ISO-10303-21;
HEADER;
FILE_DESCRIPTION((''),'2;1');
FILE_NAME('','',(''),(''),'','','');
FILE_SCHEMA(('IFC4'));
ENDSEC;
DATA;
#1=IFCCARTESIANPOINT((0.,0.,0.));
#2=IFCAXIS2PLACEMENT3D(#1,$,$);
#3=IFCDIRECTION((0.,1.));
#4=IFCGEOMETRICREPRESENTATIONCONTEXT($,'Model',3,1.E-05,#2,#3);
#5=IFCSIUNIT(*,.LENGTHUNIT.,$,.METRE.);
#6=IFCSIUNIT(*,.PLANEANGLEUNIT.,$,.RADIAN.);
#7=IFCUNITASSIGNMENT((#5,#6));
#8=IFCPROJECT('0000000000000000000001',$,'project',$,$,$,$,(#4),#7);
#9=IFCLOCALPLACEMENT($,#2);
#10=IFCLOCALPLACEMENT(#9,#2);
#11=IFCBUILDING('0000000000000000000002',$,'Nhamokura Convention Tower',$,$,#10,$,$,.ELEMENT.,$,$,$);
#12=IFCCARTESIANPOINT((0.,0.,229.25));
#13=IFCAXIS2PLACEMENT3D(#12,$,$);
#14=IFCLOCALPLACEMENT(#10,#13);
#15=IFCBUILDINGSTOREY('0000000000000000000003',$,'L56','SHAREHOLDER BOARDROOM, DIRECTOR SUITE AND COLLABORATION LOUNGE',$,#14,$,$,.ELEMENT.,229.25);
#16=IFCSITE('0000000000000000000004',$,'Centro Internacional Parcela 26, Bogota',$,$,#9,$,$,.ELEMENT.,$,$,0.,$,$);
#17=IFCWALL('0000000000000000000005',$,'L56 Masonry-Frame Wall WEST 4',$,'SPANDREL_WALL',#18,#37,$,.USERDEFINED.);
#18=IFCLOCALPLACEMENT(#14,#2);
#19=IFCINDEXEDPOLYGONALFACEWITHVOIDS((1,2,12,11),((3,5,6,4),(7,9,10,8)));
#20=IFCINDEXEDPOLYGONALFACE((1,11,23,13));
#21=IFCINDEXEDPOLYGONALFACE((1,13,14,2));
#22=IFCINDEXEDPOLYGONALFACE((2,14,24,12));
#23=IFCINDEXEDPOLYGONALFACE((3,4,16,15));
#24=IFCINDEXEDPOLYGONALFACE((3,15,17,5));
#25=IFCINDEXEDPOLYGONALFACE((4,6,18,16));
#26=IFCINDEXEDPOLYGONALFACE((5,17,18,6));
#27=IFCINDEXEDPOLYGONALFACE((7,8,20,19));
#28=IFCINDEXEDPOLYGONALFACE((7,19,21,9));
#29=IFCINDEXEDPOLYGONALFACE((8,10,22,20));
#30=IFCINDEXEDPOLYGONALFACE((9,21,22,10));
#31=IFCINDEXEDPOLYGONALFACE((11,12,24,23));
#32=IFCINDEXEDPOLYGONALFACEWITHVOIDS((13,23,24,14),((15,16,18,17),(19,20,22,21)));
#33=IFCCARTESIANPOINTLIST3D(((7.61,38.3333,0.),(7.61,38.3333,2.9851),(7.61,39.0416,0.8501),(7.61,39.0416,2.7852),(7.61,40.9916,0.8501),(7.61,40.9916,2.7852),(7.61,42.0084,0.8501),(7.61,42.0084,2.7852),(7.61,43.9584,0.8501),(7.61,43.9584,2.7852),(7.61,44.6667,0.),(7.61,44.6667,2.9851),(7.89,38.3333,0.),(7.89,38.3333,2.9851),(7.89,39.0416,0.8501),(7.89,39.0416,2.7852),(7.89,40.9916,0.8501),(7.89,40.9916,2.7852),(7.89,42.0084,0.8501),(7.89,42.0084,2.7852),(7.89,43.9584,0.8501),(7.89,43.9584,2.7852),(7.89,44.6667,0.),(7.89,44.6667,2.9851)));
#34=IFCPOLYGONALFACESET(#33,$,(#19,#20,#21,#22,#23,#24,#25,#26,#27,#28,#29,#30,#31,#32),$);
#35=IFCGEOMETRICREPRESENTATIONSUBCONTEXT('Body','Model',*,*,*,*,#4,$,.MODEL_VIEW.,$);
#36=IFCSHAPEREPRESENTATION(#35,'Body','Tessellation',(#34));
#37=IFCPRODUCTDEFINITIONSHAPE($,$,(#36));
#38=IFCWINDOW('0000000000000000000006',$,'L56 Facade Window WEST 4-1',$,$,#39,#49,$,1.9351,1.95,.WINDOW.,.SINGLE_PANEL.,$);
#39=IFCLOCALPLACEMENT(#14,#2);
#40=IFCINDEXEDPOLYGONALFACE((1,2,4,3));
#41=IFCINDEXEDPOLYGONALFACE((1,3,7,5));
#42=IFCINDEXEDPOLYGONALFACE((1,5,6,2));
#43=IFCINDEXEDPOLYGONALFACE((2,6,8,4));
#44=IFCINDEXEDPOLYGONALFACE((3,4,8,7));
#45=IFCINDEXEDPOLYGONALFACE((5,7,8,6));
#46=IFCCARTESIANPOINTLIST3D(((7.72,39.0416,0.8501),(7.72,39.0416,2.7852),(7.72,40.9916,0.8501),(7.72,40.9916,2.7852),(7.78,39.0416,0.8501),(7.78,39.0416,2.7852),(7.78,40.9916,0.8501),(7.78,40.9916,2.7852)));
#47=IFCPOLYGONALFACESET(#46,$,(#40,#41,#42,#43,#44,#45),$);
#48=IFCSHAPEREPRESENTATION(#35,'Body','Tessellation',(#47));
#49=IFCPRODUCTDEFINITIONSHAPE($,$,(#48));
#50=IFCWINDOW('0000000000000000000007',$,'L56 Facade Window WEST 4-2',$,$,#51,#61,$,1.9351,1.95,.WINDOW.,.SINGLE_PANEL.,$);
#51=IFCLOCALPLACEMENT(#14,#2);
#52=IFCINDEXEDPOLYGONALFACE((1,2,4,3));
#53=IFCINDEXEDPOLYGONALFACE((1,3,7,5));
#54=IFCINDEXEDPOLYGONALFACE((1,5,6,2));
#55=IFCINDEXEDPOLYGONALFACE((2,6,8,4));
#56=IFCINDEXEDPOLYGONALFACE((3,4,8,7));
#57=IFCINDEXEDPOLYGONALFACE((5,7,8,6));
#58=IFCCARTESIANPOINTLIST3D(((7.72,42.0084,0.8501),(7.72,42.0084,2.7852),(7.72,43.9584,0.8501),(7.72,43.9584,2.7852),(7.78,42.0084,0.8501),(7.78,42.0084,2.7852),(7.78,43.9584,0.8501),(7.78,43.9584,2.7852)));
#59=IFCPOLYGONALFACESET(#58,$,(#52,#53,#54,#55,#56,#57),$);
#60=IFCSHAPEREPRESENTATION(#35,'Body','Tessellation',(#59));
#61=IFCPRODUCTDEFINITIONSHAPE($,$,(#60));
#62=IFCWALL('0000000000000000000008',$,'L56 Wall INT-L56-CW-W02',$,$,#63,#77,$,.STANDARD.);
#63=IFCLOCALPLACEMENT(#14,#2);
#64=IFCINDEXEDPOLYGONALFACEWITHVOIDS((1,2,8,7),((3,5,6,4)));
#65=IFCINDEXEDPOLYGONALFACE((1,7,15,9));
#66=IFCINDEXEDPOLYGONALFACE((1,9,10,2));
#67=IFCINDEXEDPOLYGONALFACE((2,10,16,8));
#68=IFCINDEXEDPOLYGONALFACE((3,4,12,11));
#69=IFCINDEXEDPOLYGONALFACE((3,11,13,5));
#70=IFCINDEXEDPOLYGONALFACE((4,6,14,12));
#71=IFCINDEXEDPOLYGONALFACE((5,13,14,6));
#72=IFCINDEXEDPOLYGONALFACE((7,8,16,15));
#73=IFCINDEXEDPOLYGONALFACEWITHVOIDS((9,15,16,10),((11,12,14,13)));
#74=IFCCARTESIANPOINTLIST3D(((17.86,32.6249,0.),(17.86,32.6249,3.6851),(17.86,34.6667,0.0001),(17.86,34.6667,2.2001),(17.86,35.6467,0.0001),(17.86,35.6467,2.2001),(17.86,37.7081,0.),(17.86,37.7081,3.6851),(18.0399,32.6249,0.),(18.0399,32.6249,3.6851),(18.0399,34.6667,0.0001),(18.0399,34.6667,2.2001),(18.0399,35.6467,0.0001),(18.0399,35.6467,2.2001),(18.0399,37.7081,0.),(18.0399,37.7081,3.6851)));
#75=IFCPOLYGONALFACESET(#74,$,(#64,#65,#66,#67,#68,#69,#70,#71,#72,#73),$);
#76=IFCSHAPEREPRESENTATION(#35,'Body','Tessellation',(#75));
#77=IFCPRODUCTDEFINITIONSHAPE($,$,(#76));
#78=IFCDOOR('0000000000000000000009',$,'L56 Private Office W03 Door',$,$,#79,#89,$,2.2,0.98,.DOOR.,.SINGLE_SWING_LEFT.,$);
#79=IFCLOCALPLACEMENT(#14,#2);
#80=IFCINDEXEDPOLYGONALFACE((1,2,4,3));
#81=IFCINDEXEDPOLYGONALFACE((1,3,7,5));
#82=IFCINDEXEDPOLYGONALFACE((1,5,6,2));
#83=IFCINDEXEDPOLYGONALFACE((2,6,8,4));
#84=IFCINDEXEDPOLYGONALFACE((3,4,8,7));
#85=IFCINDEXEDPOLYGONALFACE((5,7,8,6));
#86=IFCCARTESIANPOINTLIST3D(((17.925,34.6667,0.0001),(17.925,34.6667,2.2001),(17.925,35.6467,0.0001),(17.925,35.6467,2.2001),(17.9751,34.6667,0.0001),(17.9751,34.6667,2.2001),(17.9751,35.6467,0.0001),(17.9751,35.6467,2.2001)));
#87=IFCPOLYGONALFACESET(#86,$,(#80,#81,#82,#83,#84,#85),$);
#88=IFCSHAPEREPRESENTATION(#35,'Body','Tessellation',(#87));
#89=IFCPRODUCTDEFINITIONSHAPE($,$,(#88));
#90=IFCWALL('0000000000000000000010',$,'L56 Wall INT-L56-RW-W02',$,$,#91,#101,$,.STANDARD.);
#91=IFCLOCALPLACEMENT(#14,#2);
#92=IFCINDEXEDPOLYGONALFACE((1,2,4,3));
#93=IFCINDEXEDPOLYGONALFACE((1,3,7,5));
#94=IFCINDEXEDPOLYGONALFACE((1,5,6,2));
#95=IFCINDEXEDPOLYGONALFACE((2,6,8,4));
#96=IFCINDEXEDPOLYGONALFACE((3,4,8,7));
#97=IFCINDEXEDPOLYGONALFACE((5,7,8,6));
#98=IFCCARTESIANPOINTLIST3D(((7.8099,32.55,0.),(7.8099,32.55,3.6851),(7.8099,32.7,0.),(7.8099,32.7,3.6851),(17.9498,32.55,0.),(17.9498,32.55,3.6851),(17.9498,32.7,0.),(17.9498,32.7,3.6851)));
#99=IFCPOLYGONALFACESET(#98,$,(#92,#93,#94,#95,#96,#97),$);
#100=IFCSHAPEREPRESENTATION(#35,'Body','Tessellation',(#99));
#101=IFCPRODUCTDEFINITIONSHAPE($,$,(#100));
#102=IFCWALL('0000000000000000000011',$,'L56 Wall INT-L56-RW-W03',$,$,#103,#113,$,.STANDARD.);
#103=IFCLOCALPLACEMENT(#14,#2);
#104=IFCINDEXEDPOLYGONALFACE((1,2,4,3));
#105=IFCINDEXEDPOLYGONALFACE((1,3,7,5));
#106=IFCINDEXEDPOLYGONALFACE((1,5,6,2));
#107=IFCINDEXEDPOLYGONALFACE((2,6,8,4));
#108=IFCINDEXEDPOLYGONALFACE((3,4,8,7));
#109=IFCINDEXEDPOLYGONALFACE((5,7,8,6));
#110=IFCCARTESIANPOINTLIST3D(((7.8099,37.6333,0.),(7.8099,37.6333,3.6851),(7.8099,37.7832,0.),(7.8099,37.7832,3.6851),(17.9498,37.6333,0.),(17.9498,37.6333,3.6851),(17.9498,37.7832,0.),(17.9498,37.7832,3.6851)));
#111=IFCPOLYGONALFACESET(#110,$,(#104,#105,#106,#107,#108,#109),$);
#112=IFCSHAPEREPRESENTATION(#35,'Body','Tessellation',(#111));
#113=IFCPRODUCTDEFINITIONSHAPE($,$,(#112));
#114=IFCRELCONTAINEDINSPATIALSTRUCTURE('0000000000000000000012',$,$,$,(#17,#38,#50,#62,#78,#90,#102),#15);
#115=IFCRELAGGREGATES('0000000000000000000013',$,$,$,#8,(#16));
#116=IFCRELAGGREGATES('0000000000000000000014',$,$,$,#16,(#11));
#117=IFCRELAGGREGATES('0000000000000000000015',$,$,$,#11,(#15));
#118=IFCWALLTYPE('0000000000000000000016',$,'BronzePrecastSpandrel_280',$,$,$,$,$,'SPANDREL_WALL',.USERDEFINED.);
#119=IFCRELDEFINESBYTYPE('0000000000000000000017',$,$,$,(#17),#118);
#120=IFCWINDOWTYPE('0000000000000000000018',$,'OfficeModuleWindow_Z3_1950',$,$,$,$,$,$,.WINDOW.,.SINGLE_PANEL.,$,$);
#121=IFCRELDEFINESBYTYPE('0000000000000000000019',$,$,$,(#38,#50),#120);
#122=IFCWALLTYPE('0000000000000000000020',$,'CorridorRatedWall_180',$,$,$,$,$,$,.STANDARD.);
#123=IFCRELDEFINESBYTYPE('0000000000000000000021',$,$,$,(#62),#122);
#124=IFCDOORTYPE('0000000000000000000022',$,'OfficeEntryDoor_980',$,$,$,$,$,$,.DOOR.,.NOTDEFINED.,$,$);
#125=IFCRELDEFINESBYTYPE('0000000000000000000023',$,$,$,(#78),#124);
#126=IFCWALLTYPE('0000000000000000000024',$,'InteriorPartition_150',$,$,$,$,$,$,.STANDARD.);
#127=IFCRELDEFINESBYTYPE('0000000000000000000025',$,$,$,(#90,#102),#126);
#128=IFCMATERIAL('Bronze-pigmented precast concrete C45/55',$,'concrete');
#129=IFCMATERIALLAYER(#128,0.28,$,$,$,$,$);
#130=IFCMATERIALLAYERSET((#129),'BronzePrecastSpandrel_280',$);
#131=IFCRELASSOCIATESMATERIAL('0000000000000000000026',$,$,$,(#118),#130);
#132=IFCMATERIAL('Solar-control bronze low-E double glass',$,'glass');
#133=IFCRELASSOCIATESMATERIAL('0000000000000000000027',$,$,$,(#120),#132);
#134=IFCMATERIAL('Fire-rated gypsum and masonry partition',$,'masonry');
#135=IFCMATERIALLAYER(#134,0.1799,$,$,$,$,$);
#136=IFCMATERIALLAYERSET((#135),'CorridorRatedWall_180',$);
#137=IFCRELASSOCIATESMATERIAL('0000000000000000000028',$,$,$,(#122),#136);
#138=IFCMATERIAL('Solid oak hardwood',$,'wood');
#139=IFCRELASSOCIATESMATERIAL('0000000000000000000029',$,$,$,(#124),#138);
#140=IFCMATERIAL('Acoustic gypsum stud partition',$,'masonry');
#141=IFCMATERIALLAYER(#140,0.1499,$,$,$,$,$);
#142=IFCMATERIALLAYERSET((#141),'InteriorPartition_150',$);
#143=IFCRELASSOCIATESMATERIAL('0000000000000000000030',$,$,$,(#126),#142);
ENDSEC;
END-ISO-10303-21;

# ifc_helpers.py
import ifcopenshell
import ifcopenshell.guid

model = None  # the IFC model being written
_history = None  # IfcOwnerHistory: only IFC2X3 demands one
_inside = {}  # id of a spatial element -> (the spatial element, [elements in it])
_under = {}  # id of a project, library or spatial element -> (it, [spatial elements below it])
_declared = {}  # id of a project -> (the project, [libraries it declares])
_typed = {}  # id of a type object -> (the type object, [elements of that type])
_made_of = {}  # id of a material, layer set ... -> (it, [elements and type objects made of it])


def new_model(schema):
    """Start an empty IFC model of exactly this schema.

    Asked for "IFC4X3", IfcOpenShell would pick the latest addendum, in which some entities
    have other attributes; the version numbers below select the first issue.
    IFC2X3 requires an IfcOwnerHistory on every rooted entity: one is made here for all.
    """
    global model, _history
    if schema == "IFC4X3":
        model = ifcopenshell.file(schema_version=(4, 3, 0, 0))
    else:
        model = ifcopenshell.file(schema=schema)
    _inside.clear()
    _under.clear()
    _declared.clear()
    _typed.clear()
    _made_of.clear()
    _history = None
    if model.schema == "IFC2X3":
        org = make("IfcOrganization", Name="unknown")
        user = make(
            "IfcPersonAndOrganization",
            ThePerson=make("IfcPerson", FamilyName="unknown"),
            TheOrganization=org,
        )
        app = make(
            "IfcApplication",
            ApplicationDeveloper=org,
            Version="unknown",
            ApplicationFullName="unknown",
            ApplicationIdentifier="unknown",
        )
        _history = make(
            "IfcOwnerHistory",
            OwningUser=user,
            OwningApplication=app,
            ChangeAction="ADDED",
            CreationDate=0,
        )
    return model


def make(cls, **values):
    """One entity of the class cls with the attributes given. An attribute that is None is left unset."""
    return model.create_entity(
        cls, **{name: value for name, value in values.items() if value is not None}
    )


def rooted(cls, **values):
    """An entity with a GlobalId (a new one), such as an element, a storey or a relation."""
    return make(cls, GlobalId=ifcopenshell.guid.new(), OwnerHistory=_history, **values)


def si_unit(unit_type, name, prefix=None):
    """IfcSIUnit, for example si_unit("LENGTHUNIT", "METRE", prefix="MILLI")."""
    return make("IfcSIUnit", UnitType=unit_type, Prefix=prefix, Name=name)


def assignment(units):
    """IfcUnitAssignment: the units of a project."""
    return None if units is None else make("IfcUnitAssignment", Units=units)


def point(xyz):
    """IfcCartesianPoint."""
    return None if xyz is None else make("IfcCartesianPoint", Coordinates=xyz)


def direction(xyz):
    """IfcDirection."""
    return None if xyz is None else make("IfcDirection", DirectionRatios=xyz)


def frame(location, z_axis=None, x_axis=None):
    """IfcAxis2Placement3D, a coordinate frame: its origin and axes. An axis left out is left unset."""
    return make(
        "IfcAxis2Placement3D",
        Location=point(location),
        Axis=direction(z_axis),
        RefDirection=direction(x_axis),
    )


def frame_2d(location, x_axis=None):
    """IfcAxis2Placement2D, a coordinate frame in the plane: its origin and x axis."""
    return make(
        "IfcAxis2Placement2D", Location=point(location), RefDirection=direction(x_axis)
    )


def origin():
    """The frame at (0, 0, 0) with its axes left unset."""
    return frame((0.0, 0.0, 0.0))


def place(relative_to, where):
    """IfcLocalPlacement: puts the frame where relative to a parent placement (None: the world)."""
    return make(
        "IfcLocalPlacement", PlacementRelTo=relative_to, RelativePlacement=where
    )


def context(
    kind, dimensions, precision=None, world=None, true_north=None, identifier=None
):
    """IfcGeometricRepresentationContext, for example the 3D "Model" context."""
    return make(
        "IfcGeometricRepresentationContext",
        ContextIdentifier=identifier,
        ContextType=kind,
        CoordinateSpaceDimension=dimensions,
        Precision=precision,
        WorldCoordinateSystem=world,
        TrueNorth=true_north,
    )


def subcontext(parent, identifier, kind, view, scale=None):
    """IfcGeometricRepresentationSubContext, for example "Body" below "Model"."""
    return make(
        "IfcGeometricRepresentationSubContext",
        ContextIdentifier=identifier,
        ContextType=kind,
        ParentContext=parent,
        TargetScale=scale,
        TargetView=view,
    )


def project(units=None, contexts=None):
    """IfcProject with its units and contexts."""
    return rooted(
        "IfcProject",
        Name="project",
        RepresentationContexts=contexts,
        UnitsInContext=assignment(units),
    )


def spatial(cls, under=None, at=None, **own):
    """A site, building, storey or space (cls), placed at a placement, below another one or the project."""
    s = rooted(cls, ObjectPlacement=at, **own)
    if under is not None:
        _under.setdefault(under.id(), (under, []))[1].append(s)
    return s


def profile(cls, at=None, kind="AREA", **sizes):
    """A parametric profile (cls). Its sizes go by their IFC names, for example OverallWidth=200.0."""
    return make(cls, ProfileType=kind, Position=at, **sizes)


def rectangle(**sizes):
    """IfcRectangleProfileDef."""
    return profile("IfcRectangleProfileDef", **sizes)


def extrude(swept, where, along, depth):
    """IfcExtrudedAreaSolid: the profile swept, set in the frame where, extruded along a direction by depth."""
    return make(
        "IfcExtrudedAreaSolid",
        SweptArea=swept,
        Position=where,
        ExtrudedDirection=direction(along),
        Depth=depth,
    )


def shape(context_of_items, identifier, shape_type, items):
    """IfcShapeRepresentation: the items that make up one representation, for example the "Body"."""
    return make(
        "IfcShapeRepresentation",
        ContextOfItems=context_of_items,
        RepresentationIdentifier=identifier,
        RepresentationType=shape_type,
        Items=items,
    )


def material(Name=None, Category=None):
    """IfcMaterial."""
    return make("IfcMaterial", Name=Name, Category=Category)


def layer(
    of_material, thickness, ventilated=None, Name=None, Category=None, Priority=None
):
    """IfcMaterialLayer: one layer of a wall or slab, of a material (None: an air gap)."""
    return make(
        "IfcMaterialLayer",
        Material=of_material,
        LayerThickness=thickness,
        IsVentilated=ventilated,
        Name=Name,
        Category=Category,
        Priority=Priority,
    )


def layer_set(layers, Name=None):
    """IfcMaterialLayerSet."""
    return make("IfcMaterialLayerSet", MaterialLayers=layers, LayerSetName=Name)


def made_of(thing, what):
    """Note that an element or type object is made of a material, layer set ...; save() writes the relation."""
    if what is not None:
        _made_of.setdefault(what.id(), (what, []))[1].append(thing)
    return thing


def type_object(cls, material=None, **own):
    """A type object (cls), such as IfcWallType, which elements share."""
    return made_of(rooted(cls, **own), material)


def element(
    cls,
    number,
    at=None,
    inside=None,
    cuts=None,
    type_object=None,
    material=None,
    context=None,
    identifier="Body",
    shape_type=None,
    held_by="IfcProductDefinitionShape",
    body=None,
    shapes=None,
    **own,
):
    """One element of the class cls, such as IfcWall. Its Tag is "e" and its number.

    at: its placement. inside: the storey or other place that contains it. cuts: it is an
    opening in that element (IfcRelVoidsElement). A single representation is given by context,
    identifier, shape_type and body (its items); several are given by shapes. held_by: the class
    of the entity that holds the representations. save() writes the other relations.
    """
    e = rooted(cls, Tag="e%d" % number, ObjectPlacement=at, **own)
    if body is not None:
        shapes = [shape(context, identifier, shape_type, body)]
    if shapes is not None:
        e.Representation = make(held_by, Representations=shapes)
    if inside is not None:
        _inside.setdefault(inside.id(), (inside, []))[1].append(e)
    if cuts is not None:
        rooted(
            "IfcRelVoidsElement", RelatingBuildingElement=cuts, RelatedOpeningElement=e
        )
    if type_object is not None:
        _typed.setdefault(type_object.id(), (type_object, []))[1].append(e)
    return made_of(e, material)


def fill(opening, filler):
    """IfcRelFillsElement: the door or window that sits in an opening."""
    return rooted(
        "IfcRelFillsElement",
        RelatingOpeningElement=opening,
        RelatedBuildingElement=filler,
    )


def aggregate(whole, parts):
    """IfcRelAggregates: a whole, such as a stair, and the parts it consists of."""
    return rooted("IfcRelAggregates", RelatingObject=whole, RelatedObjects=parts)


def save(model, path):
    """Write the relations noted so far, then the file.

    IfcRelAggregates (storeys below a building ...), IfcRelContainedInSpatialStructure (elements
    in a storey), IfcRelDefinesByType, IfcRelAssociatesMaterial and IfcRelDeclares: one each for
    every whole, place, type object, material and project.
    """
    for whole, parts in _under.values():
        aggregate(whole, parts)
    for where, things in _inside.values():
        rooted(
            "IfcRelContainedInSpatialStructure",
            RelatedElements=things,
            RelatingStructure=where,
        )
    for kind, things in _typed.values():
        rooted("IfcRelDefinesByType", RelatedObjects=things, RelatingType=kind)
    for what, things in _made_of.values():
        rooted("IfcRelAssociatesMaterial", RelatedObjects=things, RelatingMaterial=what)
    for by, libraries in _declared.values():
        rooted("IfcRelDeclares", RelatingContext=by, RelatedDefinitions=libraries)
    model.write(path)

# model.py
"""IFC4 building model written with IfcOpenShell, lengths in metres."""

from ifc_helpers import new_model, si_unit, direction, frame, frame_2d, origin, place, context, subcontext, project, spatial, rectangle, extrude, material, layer, layer_set, type_object, element, fill, save


model = new_model("IFC4")

# Units and contexts
model_context = context("Model", 3, precision=1e-05, world=origin(), true_north=direction((0.0, 1.0)))
body_context = subcontext(model_context, "Body", "Model", "MODEL_VIEW")
ifc_project = project(units=[si_unit("LENGTHUNIT", "METRE"), si_unit("PLANEANGLEUNIT", "RADIAN")], contexts=[model_context])

# Site, building, storey
site_placement = place(None, origin())
site = spatial("IfcSite", under=ifc_project, at=site_placement, Name="Centro Internacional Parcela 26, Bogota", CompositionType="ELEMENT", RefElevation=0.0)
building_placement = place(site_placement, origin())
building = spatial("IfcBuilding", under=site, at=building_placement, Name="Nhamokura Convention Tower", CompositionType="ELEMENT")
storey_placement = place(building_placement, frame((0.0, 0.0, 229.25)))
storey = spatial("IfcBuildingStorey", under=building, at=storey_placement, Name="L56", Description="SHAREHOLDER BOARDROOM, DIRECTOR SUITE AND COLLABORATION LOUNGE", CompositionType="ELEMENT", Elevation=229.25)

# Shared definitions
ifc_material_1 = material(Name="Bronze-pigmented precast concrete C45/55", Category="concrete")
ifc_layer_1 = layer(ifc_material_1, 0.28)
ifc_layer_set_1 = layer_set([ifc_layer_1], Name="BronzePrecastSpandrel_280")
wall_type_1 = type_object("IfcWallType", Name="BronzePrecastSpandrel_280", ElementType="SPANDREL_WALL", PredefinedType="USERDEFINED", material=ifc_layer_set_1)

# Wall, openings, windows
wall_1_placement = place(storey_placement, frame((7.75, 38.3333, 0.0), z_axis=(0.0, 0.0, 1.0), x_axis=(0.0, 1.0, 0.0)))
wall_1 = element("IfcWall", 1, at=wall_1_placement, inside=storey, type_object=wall_type_1, Name="L56 Masonry-Frame Wall WEST 4", ObjectType="SPANDREL_WALL", PredefinedType="USERDEFINED", context=body_context, shape_type="SweptSolid", body=[
    extrude(rectangle(XDim=6.3335, YDim=0.28, at=frame_2d((3.1667, 0.0))), origin(), (0.0, 0.0, 1.0), 2.9851),
])
opening_1_placement = place(wall_1_placement, frame((0.7083, 0.0, 0.8501)))
opening_1 = element("IfcOpeningElement", 2, at=opening_1_placement, cuts=wall_1, PredefinedType="OPENING", context=body_context, shape_type="SweptSolid", body=[
    extrude(rectangle(XDim=1.95, YDim=1.9351, at=frame_2d((0.9751, 0.9675))), frame((0.0, 0.1499, 0.0), z_axis=(0.0, -1.0, 0.0), x_axis=(1.0, 0.0, 0.0)), (0.0, 0.0, 1.0), 0.3),
])
opening_2_placement = place(wall_1_placement, frame((3.675, 0.0, 0.8501)))
opening_2 = element("IfcOpeningElement", 3, at=opening_2_placement, cuts=wall_1, PredefinedType="OPENING", context=body_context, shape_type="SweptSolid", body=[
    extrude(rectangle(XDim=1.95, YDim=1.9351, at=frame_2d((0.9751, 0.9675))), frame((0.0, 0.1499, 0.0), z_axis=(0.0, -1.0, 0.0), x_axis=(1.0, 0.0, 0.0)), (0.0, 0.0, 1.0), 0.3),
])
ifc_material_2 = material(Name="Solar-control bronze low-E double glass", Category="glass")
window_type_1 = type_object("IfcWindowType", Name="OfficeModuleWindow_Z3_1950", PartitioningType="SINGLE_PANEL", PredefinedType="WINDOW", material=ifc_material_2)
window_1_placement = place(opening_1_placement, origin())
window_1 = element("IfcWindow", 4, at=window_1_placement, inside=storey, type_object=window_type_1, Name="L56 Facade Window WEST 4-1", OverallHeight=1.9351, OverallWidth=1.95, PartitioningType="SINGLE_PANEL", PredefinedType="WINDOW", context=body_context, shape_type="SweptSolid", body=[
    extrude(rectangle(XDim=1.95, YDim=1.9351, at=frame_2d((0.9751, 0.9675))), frame((0.0, 0.03, 0.0), z_axis=(0.0, -1.0, 0.0), x_axis=(1.0, 0.0, 0.0)), (0.0, 0.0, 1.0), 0.0601),
])
fill(opening_1, window_1)
window_2_placement = place(opening_2_placement, origin())
window_2 = element("IfcWindow", 5, at=window_2_placement, inside=storey, type_object=window_type_1, Name="L56 Facade Window WEST 4-2", OverallHeight=1.9351, OverallWidth=1.95, PartitioningType="SINGLE_PANEL", PredefinedType="WINDOW", context=body_context, shape_type="SweptSolid", body=[
    extrude(rectangle(XDim=1.95, YDim=1.9351, at=frame_2d((0.9751, 0.9675))), frame((0.0, 0.03, 0.0), z_axis=(0.0, -1.0, 0.0), x_axis=(1.0, 0.0, 0.0)), (0.0, 0.0, 1.0), 0.0601),
])
fill(opening_2, window_2)

# Wall, opening, door
ifc_material_3 = material(Name="Fire-rated gypsum and masonry partition", Category="masonry")
ifc_layer_2 = layer(ifc_material_3, 0.1799)
ifc_layer_set_2 = layer_set([ifc_layer_2], Name="CorridorRatedWall_180")
wall_type_2 = type_object("IfcWallType", Name="CorridorRatedWall_180", PredefinedType="STANDARD", material=ifc_layer_set_2)
wall_2_placement = place(storey_placement, frame((17.95, 32.625, 0.0), z_axis=(0.0, 0.0, 1.0), x_axis=(0.0, 1.0, 0.0)))
wall_2 = element("IfcWall", 6, at=wall_2_placement, inside=storey, type_object=wall_type_2, Name="L56 Wall INT-L56-CW-W02", PredefinedType="STANDARD", context=body_context, shape_type="SweptSolid", body=[
    extrude(rectangle(XDim=5.0833, YDim=0.1799, at=frame_2d((2.5415, 0.0))), origin(), (0.0, 0.0, 1.0), 3.6851),
])
opening_3_placement = place(wall_2_placement, frame((2.0417, 0.0, 0.0)))
opening_3 = element("IfcOpeningElement", 7, at=opening_3_placement, cuts=wall_2, PredefinedType="OPENING", context=body_context, shape_type="SweptSolid", body=[
    extrude(rectangle(XDim=0.98, YDim=2.2, at=frame_2d((0.49, 1.1001))), frame((0.0, 0.0999, 0.0), z_axis=(0.0, -1.0, 0.0), x_axis=(1.0, 0.0, 0.0)), (0.0, 0.0, 1.0), 0.2),
])
ifc_material_4 = material(Name="Solid oak hardwood", Category="wood")
door_type = type_object("IfcDoorType", Name="OfficeEntryDoor_980", OperationType="NOTDEFINED", PredefinedType="DOOR", material=ifc_material_4)
door_placement = place(opening_3_placement, origin())
door = element("IfcDoor", 8, at=door_placement, inside=storey, type_object=door_type, Name="L56 Private Office W03 Door", OperationType="SINGLE_SWING_LEFT", OverallHeight=2.2, OverallWidth=0.98, PredefinedType="DOOR", context=body_context, shape_type="SweptSolid", body=[
    extrude(rectangle(XDim=0.98, YDim=2.2, at=frame_2d((0.49, 1.1001))), frame((0.0, 0.0249, 0.0), z_axis=(0.0, -1.0, 0.0), x_axis=(1.0, 0.0, 0.0)), (0.0, 0.0, 1.0), 0.05),
])
fill(opening_3, door)

# Walls
ifc_material_5 = material(Name="Acoustic gypsum stud partition", Category="masonry")
ifc_layer_3 = layer(ifc_material_5, 0.1499)
ifc_layer_set_3 = layer_set([ifc_layer_3], Name="InteriorPartition_150")
wall_type_3 = type_object("IfcWallType", Name="InteriorPartition_150", PredefinedType="STANDARD", material=ifc_layer_set_3)
for number, where, z_axis, x_axis, name in (
    (9, (7.8101, 32.625, 0.0), (0.0, 0.0, 1.0), (1.0, 0.0, 0.0), "L56 Wall INT-L56-RW-W02"),
    (10, (7.8101, 37.7083, 0.0), (0.0, 0.0, 1.0), (1.0, 0.0, 0.0), "L56 Wall INT-L56-RW-W03"),
):
    element("IfcWall", number, at=place(storey_placement, frame(where, z_axis=z_axis, x_axis=x_axis)), inside=storey, type_object=wall_type_3, Name=name, PredefinedType="STANDARD", context=body_context, shape_type="SweptSolid", body=[
        extrude(rectangle(XDim=10.1399, YDim=0.1499, at=frame_2d((5.0698, 0.0))), origin(), (0.0, 0.0, 1.0), 3.6851),
    ])

save(model, "model.ifc")
